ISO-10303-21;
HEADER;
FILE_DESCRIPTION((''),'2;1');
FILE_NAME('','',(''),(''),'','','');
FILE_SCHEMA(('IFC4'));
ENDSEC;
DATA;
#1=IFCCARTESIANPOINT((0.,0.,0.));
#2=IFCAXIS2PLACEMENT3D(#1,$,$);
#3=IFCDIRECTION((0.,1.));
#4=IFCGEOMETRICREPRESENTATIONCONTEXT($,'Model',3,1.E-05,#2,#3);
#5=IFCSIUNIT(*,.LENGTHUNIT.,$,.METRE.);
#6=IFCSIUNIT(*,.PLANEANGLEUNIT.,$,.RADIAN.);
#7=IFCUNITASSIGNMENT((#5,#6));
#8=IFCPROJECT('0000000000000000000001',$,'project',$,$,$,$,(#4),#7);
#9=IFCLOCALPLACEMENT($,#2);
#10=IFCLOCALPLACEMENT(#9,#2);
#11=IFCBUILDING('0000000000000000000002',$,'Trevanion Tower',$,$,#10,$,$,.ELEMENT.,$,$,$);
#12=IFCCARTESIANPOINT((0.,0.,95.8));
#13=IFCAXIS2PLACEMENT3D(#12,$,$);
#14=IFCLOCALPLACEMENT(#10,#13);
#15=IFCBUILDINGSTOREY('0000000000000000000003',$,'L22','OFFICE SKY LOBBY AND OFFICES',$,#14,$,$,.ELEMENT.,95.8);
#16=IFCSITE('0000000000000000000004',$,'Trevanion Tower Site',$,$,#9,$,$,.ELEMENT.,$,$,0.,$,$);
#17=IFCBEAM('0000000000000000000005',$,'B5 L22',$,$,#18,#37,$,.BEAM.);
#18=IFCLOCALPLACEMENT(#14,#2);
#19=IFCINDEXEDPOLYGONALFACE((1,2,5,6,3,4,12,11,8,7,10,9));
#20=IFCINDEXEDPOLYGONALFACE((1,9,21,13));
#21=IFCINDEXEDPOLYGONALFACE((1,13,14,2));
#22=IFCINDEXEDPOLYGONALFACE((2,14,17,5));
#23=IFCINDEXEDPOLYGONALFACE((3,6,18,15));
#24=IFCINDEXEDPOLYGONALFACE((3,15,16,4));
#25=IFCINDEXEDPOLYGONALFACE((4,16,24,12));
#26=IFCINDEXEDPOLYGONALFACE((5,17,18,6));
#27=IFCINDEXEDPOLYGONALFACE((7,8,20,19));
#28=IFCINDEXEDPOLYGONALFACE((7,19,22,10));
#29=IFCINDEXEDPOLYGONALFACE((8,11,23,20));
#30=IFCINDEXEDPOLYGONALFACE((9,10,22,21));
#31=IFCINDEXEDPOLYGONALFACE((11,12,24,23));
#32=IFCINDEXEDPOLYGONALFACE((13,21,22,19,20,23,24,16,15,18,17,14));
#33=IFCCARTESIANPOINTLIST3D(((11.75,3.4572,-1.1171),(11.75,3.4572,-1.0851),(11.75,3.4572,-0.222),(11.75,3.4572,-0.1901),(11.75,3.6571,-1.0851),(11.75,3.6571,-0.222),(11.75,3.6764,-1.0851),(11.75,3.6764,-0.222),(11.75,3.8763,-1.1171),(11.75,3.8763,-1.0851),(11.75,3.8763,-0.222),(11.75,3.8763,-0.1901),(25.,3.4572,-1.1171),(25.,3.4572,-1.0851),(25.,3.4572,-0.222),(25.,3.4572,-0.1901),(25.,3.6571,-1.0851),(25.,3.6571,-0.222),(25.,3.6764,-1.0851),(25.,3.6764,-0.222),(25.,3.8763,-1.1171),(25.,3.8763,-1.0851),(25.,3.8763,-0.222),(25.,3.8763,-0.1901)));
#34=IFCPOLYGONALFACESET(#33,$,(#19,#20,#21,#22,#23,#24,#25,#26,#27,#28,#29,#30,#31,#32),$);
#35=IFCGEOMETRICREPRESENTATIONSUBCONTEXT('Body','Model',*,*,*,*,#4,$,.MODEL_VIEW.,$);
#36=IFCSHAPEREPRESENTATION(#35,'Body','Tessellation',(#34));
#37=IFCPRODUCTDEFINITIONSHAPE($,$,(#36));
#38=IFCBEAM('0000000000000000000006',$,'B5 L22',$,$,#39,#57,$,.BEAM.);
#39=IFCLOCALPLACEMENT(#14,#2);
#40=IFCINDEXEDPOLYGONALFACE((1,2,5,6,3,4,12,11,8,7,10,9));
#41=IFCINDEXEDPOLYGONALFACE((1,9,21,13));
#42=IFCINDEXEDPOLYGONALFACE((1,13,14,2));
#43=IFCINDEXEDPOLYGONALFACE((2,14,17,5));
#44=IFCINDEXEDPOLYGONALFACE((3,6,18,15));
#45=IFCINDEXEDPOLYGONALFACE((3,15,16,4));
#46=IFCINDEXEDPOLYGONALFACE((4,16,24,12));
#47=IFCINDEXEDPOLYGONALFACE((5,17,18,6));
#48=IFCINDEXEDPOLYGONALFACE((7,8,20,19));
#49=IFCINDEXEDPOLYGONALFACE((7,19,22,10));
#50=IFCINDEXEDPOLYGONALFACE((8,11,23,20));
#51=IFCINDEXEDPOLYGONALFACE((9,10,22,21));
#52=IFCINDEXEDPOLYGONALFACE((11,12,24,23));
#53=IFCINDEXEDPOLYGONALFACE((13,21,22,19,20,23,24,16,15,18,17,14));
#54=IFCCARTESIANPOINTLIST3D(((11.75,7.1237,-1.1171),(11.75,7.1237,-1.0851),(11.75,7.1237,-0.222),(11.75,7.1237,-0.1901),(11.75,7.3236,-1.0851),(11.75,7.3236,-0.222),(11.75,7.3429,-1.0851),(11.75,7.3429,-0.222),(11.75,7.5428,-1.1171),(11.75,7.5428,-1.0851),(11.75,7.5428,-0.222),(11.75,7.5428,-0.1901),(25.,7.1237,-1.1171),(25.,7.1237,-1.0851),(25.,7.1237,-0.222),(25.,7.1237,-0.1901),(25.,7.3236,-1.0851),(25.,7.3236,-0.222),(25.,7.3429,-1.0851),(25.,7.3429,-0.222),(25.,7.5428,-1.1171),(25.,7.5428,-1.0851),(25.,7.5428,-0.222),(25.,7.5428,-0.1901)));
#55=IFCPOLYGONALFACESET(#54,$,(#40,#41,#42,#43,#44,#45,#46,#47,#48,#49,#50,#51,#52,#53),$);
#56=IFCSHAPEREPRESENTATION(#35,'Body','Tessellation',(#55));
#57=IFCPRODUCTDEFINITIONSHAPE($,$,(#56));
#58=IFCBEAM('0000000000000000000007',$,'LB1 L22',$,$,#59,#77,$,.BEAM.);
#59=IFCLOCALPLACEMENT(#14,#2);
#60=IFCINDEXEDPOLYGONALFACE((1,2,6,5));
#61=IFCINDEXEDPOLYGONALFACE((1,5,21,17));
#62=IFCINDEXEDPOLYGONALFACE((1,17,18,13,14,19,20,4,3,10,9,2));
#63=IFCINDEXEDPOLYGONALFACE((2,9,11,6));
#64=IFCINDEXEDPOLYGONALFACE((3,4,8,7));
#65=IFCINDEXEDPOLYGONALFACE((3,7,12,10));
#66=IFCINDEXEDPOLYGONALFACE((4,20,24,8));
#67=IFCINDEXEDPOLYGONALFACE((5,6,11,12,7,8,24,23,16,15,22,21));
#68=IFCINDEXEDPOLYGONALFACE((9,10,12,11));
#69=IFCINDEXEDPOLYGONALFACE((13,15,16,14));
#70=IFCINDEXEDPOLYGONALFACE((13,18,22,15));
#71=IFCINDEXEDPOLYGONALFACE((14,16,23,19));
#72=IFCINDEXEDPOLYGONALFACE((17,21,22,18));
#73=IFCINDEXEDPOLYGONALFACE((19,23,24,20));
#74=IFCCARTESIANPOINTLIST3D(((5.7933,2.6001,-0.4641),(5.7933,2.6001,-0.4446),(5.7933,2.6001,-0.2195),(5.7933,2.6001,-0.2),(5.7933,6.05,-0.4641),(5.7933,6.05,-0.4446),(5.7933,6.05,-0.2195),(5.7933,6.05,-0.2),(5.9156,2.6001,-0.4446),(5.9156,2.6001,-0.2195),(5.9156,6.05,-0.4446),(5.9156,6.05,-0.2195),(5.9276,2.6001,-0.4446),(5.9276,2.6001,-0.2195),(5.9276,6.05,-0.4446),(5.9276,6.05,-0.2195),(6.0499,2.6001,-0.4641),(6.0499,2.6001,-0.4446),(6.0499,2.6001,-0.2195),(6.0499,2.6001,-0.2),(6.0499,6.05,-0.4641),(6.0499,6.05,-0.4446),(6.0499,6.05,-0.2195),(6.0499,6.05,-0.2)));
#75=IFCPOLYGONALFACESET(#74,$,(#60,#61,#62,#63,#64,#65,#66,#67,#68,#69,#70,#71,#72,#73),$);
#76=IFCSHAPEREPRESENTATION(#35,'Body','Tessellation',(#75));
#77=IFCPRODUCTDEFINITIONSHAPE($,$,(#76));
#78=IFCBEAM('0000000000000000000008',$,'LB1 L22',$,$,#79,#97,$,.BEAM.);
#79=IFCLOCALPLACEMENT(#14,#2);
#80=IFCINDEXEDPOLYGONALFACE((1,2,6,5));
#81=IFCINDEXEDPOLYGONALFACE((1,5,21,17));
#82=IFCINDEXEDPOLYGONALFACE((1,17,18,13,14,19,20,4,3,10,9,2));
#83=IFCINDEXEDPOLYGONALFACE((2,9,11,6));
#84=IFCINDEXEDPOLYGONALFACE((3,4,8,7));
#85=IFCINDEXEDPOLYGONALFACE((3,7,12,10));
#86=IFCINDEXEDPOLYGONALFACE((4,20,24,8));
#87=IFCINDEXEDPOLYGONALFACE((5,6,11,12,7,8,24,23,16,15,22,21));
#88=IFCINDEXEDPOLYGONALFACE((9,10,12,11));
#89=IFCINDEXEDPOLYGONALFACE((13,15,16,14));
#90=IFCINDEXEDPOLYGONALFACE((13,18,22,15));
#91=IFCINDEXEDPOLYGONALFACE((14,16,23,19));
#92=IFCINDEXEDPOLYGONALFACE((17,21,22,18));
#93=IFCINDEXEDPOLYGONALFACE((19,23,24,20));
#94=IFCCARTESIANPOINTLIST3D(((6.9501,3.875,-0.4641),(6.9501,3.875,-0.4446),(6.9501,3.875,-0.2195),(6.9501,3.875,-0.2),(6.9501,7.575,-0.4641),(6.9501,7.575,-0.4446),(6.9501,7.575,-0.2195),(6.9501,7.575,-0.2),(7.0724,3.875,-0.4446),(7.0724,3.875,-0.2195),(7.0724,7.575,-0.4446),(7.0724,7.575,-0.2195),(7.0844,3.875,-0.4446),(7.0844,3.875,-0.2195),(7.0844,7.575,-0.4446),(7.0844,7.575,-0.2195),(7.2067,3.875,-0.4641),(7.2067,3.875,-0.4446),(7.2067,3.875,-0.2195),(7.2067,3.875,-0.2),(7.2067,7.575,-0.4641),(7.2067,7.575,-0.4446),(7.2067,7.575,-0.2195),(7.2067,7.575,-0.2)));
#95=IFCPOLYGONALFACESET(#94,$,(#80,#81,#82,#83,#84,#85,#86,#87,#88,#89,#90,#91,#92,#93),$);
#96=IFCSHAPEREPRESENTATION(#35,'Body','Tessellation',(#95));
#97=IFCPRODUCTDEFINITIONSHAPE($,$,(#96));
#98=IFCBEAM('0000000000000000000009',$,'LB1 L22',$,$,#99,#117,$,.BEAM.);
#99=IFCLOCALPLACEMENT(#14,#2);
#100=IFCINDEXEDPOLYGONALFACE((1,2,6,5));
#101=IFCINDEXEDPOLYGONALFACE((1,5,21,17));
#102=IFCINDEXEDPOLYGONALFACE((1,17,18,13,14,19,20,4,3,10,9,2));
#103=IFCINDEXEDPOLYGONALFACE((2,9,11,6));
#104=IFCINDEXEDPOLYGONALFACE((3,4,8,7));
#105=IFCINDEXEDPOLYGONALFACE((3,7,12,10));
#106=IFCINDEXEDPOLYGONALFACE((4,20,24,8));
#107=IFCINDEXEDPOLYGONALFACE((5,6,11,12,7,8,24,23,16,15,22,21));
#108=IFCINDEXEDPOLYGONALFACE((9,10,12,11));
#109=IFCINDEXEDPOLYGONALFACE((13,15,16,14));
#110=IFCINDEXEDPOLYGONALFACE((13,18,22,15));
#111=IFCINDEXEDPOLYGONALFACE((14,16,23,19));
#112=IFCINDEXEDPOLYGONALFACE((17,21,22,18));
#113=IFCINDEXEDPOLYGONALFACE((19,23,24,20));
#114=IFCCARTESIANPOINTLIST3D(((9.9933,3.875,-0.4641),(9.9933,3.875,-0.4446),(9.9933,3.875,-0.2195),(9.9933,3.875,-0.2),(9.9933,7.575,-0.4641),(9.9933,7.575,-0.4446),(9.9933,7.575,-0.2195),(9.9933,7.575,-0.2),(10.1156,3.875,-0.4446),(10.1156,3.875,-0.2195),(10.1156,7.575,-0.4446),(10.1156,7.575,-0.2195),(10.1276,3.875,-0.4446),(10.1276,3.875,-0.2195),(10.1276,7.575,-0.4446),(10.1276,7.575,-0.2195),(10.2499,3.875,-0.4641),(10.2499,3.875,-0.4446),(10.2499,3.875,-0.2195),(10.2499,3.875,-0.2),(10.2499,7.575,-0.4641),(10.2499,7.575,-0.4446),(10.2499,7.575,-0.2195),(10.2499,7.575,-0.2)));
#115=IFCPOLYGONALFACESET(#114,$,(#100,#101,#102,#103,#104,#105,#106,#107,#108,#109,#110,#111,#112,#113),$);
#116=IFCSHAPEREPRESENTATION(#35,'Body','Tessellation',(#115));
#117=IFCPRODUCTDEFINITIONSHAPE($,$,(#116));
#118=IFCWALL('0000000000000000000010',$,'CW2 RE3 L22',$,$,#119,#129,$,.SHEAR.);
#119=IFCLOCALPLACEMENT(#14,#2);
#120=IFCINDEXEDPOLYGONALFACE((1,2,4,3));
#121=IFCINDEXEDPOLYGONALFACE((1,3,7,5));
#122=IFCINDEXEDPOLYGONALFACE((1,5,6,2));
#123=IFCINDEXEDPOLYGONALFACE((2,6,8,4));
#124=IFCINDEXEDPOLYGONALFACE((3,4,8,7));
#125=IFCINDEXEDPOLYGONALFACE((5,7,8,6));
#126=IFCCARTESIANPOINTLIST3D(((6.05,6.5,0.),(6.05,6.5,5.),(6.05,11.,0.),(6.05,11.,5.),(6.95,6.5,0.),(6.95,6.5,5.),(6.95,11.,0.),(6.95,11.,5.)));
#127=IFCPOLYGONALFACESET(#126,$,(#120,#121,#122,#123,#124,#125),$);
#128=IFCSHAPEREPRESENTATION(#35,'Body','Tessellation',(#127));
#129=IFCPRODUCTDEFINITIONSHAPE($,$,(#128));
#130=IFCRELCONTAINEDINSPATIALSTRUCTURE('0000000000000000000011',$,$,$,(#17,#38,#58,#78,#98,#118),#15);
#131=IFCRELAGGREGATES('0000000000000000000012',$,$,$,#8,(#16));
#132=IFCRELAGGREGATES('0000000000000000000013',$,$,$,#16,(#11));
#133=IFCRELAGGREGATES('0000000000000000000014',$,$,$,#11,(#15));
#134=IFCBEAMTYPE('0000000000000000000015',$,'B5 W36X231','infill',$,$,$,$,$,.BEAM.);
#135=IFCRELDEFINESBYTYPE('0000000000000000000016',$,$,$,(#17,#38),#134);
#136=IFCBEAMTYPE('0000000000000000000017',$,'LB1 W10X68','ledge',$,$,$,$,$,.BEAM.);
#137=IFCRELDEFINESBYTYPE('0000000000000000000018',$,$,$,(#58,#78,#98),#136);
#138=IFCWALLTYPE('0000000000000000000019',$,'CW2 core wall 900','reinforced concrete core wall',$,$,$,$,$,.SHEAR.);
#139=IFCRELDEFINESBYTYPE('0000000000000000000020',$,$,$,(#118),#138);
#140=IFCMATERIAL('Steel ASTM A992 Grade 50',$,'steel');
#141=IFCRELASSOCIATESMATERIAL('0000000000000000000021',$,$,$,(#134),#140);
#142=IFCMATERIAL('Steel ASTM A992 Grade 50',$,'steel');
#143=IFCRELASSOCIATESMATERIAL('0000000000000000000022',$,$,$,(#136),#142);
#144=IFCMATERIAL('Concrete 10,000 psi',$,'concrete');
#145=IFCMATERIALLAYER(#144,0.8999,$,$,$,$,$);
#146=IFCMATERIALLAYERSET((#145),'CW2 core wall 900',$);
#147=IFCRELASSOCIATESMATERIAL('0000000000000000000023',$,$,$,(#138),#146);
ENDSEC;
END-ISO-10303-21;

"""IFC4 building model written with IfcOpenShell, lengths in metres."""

from ifc_helpers import new_model, si_unit, direction, frame, frame_2d, origin, origin_2d, place, context, subcontext, project, spatial, rectangle, i_section, extrude, material, layer, layer_set, material_profile, profile_set, type_object, element, save


model = new_model("IFC4")

# Units and contexts
model_context = context("Model", 3, precision=1e-05, world=origin(), true_north=direction((0.0, 1.0)))
body_context = subcontext(model_context, "Body", "Model", "MODEL_VIEW")
ifc_project = project(units=[si_unit("LENGTHUNIT", "METRE"), si_unit("PLANEANGLEUNIT", "RADIAN")], contexts=[model_context])

# Site, building, storey
site_placement = place(None, origin())
site = spatial("IfcSite", under=ifc_project, at=site_placement, Name="Trevanion Tower Site", CompositionType="ELEMENT", RefElevation=0.0)
building_placement = place(site_placement, origin())
building = spatial("IfcBuilding", under=site, at=building_placement, Name="Trevanion Tower", CompositionType="ELEMENT")
storey_placement = place(building_placement, frame((0.0, 0.0, 95.8)))
storey = spatial("IfcBuildingStorey", under=building, at=storey_placement, Name="L22", Description="OFFICE SKY LOBBY AND OFFICES", CompositionType="ELEMENT", Elevation=95.8)

# Beams
ifc_material_1 = material(Name="Steel ASTM A992 Grade 50", Category="steel")
ifc_material_profile_1 = material_profile(ifc_material_1, i_section(OverallWidth=0.4192, OverallDepth=0.927, WebThickness=0.0193, FlangeThickness=0.032, at=origin_2d()), Name="W36X231")
ifc_profile_set_1 = profile_set([ifc_material_profile_1], Name="Steel ASTM A992 Grade 50")
beam_type_1 = type_object("IfcBeamType", Name="B5 W36X231", Description="infill", PredefinedType="BEAM", material=ifc_profile_set_1)
for number, where, z_axis, x_axis, name in (
    (1, (11.75, 3.6667, -0.6536), (1.0, 0.0, 0.0), (0.0, 1.0, 0.0), "B5 L22"),
    (2, (11.75, 7.3333, -0.6536), (1.0, 0.0, 0.0), (0.0, 1.0, 0.0), "B5 L22"),
):
    element("IfcBeam", number, at=place(storey_placement, frame(where, z_axis=z_axis, x_axis=x_axis)), inside=storey, type_object=beam_type_1, Name=name, PredefinedType="BEAM", context=body_context, shape_type="SweptSolid", body=[
        extrude(i_section(OverallWidth=0.4192, OverallDepth=0.927, WebThickness=0.0193, FlangeThickness=0.032, at=origin_2d()), origin(), (0.0, 0.0, 1.0), 13.25),
    ])
ifc_material_2 = material(Name="Steel ASTM A992 Grade 50", Category="steel")
ifc_material_profile_2 = material_profile(ifc_material_2, i_section(OverallWidth=0.2566, OverallDepth=0.2642, WebThickness=0.012, FlangeThickness=0.0195, at=origin_2d()), Name="W10X68")
ifc_profile_set_2 = profile_set([ifc_material_profile_2], Name="Steel ASTM A992 Grade 50")
beam_type_2 = type_object("IfcBeamType", Name="LB1 W10X68", Description="ledge", PredefinedType="BEAM", material=ifc_profile_set_2)
beam_placement = place(storey_placement, frame((5.9216, 2.6001, -0.332), z_axis=(0.0, 1.0, 0.0), x_axis=(-1.0, 0.0, 0.0)))
element("IfcBeam", 3, at=beam_placement, inside=storey, type_object=beam_type_2, Name="LB1 L22", PredefinedType="BEAM", context=body_context, shape_type="SweptSolid", body=[
    extrude(i_section(OverallWidth=0.2566, OverallDepth=0.2642, WebThickness=0.012, FlangeThickness=0.0195, at=origin_2d()), origin(), (0.0, 0.0, 1.0), 3.45),
])
for number, where, z_axis, x_axis, name in (
    (4, (7.0784, 3.875, -0.332), (0.0, 1.0, 0.0), (-1.0, 0.0, 0.0), "LB1 L22"),
    (5, (10.1216, 3.875, -0.332), (0.0, 1.0, 0.0), (-1.0, 0.0, 0.0), "LB1 L22"),
):
    element("IfcBeam", number, at=place(storey_placement, frame(where, z_axis=z_axis, x_axis=x_axis)), inside=storey, type_object=beam_type_2, Name=name, PredefinedType="BEAM", context=body_context, shape_type="SweptSolid", body=[
        extrude(i_section(OverallWidth=0.2566, OverallDepth=0.2642, WebThickness=0.012, FlangeThickness=0.0195, at=origin_2d()), origin(), (0.0, 0.0, 1.0), 3.7),
    ])

# Wall
ifc_material_3 = material(Name="Concrete 10,000 psi", Category="concrete")
ifc_layer_1 = layer(ifc_material_3, 0.8999)
ifc_layer_set_1 = layer_set([ifc_layer_1], Name="CW2 core wall 900")
wall_type_1 = type_object("IfcWallType", Name="CW2 core wall 900", Description="reinforced concrete core wall", PredefinedType="SHEAR", material=ifc_layer_set_1)
wall_1_placement = place(storey_placement, frame((6.5, 6.5, 0.0), z_axis=(0.0, 0.0, 1.0), x_axis=(0.0, 1.0, 0.0)))
element("IfcWall", 6, at=wall_1_placement, inside=storey, type_object=wall_type_1, Name="CW2 RE3 L22", PredefinedType="SHEAR", context=body_context, shape_type="SweptSolid", body=[
    extrude(rectangle(XDim=4.5, YDim=0.8999, at=frame_2d((2.25, 0.0))), origin(), (0.0, 0.0, 1.0), 5.0),
])

save(model, "model.ifc")
